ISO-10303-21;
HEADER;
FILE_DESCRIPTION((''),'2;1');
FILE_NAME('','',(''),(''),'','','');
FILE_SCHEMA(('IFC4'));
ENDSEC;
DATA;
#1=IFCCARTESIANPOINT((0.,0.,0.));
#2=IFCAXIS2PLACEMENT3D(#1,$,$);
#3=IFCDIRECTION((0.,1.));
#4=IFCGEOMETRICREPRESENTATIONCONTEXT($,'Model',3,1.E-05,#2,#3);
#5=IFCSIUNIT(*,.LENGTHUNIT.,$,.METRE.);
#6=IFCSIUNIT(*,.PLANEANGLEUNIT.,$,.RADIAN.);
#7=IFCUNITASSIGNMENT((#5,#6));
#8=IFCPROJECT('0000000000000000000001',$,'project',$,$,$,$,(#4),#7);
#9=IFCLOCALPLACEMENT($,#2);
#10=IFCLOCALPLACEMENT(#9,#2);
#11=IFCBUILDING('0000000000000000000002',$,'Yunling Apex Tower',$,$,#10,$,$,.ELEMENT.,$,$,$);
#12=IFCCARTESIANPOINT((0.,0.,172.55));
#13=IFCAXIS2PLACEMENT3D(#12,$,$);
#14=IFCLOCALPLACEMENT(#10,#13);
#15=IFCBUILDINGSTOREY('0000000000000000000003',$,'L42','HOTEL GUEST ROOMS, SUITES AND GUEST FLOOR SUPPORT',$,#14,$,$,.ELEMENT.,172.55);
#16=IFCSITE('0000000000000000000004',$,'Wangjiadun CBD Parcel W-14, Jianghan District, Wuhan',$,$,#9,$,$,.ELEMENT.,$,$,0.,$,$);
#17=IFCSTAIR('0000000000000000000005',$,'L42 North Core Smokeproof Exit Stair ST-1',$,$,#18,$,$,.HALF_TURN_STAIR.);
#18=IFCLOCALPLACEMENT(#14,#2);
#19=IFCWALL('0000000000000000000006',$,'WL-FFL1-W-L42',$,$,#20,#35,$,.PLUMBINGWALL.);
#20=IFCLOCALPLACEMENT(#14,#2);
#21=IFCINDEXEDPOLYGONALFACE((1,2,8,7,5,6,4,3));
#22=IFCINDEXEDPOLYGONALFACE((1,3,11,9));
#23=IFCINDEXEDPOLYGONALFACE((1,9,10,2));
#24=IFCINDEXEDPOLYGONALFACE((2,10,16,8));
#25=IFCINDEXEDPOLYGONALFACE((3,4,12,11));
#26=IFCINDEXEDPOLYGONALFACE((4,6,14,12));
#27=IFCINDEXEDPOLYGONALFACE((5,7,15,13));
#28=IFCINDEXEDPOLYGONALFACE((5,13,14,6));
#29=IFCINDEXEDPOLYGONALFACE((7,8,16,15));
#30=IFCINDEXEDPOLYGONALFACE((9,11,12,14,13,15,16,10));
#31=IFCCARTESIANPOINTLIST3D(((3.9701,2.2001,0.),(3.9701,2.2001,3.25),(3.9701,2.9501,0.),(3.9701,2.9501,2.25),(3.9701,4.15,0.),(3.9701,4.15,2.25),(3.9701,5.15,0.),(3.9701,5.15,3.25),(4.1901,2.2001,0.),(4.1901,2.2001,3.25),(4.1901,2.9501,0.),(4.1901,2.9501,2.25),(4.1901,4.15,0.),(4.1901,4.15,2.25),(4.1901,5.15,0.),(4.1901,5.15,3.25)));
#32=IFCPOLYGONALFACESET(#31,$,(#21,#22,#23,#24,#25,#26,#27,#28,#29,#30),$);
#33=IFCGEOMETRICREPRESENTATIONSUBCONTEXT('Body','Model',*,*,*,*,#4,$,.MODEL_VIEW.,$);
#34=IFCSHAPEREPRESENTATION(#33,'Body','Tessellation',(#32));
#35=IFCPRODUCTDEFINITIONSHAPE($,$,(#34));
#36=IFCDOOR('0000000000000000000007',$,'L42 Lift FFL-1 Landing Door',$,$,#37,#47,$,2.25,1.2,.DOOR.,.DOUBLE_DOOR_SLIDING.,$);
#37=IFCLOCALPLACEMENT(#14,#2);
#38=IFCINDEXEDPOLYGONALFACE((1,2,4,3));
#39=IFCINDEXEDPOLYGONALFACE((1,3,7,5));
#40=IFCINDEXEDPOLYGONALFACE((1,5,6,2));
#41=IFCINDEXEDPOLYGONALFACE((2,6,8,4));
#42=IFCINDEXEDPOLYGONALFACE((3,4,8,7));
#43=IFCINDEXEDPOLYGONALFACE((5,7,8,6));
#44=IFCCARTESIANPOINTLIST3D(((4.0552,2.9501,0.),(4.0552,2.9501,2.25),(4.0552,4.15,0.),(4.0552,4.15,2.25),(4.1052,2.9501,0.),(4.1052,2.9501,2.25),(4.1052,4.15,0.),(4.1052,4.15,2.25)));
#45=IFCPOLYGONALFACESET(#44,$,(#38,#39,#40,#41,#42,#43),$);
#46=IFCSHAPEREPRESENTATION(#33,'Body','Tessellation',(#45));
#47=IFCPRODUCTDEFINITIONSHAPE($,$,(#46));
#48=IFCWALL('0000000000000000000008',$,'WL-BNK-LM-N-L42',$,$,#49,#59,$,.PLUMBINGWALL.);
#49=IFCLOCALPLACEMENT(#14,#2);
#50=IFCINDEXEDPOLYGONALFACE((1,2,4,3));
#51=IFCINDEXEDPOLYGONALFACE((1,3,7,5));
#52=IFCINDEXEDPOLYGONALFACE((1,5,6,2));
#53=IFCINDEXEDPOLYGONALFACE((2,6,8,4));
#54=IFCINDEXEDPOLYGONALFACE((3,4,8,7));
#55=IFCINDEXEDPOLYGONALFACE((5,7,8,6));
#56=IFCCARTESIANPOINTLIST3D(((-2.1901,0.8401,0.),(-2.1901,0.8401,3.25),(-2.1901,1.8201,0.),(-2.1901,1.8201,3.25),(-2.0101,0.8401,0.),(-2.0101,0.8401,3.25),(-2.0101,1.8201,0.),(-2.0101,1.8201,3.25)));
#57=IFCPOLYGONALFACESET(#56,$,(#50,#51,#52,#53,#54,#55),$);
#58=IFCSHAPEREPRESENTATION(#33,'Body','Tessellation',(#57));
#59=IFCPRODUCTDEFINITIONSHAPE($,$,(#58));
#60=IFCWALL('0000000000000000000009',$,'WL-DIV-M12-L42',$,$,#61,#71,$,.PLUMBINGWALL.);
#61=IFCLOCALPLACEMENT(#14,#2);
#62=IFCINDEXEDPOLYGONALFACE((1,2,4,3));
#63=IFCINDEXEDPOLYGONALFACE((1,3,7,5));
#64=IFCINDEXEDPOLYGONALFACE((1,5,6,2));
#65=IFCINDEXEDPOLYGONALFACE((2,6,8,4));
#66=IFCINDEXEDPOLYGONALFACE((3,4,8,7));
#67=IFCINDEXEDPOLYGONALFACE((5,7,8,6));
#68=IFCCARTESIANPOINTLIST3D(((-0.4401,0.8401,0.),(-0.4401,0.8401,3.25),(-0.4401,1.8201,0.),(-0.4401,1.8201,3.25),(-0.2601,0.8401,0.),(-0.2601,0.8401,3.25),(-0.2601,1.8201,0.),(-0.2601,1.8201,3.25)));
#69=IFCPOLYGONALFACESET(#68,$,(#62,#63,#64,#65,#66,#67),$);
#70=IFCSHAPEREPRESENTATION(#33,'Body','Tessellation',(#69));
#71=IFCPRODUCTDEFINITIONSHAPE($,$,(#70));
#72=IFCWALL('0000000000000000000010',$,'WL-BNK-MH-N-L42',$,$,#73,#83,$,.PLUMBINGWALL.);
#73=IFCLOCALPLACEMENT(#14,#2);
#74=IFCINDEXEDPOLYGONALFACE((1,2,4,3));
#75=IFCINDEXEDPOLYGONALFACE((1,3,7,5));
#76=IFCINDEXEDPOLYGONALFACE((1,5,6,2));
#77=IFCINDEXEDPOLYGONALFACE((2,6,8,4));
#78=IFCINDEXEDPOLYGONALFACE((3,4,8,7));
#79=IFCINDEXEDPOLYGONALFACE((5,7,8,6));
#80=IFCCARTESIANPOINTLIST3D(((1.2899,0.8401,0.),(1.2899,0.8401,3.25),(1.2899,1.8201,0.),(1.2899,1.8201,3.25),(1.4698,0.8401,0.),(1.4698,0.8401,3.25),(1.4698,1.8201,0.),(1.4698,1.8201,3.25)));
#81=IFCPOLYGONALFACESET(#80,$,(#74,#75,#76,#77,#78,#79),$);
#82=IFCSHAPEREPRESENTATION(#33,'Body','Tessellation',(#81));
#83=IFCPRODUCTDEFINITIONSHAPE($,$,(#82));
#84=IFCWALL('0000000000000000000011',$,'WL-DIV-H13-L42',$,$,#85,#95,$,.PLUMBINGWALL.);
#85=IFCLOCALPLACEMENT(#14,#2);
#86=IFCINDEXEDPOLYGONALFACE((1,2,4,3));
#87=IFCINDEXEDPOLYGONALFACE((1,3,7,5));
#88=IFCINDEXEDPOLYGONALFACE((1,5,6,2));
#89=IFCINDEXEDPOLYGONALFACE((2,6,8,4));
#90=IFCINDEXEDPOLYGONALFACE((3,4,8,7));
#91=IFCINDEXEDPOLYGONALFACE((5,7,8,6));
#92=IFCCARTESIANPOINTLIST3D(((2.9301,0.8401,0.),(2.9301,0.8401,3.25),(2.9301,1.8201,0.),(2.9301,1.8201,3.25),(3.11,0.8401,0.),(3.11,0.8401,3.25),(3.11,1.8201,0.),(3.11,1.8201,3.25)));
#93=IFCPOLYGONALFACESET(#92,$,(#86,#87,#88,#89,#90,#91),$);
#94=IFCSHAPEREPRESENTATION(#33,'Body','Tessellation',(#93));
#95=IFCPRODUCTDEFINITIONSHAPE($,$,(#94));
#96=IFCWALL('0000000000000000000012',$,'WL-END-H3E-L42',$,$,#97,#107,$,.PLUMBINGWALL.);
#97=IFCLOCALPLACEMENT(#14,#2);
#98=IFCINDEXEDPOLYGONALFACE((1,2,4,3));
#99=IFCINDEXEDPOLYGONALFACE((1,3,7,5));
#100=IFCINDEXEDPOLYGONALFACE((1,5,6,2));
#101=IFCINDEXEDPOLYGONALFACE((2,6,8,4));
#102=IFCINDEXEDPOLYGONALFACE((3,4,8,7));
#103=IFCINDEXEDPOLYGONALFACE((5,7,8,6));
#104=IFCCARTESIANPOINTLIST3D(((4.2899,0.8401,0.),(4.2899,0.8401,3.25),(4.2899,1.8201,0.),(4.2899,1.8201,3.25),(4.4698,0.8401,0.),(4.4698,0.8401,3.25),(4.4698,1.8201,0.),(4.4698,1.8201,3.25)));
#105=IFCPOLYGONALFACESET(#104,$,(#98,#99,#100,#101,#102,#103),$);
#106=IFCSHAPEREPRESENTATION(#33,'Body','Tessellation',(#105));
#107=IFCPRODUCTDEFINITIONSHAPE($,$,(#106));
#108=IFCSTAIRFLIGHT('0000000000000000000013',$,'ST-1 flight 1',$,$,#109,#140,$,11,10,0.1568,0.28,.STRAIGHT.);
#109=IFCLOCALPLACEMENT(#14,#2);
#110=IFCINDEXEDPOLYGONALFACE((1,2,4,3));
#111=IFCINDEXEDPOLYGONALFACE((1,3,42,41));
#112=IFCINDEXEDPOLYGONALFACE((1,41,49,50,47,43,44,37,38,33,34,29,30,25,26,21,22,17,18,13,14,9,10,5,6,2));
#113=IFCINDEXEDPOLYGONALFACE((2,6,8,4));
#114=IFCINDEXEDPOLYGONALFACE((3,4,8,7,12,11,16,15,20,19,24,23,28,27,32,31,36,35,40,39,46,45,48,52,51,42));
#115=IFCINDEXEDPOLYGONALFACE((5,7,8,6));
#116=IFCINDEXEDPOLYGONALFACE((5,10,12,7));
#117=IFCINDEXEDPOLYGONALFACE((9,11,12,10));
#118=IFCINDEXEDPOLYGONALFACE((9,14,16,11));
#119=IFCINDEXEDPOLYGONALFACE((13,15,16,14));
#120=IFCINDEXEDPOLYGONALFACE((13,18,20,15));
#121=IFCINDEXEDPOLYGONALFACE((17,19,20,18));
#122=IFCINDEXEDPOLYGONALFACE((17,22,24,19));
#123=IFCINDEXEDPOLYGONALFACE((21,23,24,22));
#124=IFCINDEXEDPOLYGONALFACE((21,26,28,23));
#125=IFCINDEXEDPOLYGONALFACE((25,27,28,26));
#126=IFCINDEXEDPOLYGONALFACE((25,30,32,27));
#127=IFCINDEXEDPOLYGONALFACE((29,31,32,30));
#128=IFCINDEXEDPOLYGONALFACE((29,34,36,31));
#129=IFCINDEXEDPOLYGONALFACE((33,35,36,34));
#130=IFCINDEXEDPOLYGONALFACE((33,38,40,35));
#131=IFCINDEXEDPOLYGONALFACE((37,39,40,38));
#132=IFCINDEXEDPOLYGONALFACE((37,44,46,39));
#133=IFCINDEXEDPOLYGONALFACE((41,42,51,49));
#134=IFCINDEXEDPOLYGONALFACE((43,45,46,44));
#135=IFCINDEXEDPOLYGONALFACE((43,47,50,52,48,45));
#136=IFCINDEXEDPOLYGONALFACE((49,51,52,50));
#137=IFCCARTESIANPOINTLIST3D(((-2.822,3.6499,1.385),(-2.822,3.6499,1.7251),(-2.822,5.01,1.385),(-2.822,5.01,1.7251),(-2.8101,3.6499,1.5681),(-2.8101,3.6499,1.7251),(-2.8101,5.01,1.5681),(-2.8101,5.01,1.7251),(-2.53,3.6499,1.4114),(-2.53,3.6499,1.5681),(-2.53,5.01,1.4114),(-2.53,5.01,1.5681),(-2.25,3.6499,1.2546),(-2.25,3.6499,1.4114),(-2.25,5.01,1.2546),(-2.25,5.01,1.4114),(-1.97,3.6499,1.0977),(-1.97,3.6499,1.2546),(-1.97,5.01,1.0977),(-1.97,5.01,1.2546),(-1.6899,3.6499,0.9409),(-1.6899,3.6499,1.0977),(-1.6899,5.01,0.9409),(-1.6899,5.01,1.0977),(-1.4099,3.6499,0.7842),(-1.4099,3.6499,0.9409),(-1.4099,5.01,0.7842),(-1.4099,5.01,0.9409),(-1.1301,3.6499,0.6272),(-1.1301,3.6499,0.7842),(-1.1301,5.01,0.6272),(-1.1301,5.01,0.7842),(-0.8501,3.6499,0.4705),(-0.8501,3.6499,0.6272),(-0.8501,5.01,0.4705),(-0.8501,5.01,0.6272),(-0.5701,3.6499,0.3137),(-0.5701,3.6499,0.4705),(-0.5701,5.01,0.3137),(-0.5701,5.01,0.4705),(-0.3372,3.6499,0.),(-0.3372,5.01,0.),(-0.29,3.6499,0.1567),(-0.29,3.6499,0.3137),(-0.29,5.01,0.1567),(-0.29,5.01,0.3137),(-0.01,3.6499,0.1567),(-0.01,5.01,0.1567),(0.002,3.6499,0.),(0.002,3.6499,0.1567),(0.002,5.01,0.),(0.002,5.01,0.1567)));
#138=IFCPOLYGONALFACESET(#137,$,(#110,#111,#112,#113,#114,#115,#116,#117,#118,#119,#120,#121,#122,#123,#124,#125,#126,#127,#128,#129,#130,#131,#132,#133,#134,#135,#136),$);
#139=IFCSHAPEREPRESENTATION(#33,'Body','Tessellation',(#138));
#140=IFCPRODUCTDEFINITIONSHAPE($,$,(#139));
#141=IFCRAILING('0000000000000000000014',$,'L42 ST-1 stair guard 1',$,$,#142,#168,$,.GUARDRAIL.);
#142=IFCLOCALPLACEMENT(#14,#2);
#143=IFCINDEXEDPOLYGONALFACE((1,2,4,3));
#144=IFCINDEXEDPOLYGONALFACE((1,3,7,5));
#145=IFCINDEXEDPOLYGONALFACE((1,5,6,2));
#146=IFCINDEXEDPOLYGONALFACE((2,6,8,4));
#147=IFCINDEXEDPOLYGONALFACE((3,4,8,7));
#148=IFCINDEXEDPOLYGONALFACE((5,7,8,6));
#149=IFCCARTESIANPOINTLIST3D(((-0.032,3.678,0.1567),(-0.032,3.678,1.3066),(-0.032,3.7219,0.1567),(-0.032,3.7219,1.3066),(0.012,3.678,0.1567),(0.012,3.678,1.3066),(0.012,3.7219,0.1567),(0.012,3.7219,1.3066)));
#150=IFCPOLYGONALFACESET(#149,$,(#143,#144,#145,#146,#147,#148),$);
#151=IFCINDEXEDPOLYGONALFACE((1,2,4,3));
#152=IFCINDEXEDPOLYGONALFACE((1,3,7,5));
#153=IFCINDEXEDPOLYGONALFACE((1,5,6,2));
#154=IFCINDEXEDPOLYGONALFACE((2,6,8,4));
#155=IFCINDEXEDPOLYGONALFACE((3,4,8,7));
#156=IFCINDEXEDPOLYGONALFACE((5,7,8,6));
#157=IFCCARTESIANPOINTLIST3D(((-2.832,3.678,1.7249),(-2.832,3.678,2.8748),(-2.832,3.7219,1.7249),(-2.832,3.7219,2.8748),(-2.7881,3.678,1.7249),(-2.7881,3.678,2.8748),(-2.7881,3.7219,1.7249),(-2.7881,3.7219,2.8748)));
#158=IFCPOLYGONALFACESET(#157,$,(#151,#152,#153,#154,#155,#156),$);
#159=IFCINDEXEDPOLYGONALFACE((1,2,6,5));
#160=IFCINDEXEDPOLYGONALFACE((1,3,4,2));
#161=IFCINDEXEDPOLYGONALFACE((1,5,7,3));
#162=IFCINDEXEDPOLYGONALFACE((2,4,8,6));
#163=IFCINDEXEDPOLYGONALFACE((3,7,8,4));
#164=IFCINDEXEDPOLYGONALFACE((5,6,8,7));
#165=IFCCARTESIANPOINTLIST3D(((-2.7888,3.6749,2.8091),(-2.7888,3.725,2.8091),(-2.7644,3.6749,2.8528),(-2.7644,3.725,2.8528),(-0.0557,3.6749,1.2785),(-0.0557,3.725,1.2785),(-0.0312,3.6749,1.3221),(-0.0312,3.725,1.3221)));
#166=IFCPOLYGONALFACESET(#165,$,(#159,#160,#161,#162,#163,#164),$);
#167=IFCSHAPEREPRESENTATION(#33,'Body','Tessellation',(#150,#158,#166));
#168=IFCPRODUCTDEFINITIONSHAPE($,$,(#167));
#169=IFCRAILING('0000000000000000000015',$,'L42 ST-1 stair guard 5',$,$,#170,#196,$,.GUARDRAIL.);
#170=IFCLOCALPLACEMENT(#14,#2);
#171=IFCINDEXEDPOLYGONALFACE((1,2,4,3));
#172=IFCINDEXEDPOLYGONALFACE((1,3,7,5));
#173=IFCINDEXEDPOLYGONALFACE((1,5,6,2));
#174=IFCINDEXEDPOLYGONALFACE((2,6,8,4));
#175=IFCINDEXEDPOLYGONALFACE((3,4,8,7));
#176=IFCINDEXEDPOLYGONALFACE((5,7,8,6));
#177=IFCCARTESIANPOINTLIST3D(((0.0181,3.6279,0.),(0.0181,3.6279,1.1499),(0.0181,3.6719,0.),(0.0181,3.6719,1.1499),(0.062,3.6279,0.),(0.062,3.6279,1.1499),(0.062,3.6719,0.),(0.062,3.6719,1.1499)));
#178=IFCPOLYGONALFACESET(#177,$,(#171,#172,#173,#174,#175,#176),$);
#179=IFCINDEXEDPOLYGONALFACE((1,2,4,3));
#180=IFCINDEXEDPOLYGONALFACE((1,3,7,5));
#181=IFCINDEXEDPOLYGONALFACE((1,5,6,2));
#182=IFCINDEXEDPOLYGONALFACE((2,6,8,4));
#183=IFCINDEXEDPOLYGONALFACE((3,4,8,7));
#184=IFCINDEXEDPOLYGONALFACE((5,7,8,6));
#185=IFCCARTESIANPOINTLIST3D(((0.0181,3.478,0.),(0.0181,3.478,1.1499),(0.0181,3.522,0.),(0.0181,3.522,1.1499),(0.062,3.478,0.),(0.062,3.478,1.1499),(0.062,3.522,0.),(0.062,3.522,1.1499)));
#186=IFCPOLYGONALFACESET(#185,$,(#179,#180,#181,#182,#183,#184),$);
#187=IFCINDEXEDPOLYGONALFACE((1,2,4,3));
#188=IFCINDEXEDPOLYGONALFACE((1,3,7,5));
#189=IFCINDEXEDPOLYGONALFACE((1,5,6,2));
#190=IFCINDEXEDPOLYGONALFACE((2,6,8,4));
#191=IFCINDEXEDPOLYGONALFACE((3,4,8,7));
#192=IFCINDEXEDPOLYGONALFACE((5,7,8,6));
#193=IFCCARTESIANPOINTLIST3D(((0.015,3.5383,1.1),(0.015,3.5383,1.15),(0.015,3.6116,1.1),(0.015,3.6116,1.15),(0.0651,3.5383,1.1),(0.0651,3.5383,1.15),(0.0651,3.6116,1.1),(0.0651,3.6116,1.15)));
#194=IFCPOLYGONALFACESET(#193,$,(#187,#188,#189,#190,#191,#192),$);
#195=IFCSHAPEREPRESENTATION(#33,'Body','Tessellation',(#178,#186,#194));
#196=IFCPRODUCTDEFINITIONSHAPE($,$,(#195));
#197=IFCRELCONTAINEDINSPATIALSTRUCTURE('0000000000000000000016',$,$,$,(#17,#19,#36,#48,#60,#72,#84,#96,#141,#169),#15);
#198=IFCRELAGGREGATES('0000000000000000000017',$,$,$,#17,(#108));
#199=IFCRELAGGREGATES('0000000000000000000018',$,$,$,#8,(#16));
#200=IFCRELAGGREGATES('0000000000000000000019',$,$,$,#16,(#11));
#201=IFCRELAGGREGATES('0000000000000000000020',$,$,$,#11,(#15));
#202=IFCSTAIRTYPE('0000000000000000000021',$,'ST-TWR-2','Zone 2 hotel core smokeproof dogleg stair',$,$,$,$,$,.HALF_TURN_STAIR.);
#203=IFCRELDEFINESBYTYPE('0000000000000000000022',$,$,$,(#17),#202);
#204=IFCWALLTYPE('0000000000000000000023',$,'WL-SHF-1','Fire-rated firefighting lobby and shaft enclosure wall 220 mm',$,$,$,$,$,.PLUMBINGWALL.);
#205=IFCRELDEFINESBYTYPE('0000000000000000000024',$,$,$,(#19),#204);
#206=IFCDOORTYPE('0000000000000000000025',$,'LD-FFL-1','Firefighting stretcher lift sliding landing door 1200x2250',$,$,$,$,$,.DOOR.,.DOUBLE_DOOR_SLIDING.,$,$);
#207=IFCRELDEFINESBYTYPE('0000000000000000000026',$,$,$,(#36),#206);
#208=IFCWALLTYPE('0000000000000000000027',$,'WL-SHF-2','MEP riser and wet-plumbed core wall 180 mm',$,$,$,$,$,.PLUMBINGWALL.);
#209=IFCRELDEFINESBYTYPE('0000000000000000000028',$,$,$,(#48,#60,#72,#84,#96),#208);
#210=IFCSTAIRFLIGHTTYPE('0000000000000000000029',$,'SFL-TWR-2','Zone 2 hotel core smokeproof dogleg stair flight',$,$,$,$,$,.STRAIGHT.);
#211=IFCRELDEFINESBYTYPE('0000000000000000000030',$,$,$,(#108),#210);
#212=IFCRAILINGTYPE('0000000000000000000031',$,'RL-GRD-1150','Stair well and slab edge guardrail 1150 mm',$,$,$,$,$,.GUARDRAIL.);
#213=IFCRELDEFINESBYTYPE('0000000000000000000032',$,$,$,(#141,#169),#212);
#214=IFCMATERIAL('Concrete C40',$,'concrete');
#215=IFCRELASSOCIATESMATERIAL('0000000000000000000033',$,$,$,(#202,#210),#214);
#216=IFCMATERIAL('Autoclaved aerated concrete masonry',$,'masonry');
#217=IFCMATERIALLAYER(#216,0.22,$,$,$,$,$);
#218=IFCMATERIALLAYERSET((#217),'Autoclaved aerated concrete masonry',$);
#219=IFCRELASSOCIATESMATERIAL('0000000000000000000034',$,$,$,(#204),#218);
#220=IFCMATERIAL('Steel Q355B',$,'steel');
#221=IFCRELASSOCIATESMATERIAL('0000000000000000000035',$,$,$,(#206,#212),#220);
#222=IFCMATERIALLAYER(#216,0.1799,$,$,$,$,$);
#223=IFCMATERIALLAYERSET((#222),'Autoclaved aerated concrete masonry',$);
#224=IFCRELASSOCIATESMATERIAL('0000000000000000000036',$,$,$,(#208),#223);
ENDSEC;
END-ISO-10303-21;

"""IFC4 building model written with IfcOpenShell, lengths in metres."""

from ifc_helpers import new_model, si_unit, direction, frame, frame_2d, origin, origin_2d, place, context, subcontext, project, spatial, polyline, rectangle, outline, extrude, material, layer, layer_set, type_object, element, fill, aggregate, save


model = new_model("IFC4")

# Units and contexts
model_context = context("Model", 3, precision=1e-05, world=origin(), true_north=direction((0.0, 1.0)))
body_context = subcontext(model_context, "Body", "Model", "MODEL_VIEW")
ifc_project = project(units=[si_unit("LENGTHUNIT", "METRE"), si_unit("PLANEANGLEUNIT", "RADIAN")], contexts=[model_context])

# Site, building, storey
site_placement = place(None, origin())
site = spatial("IfcSite", under=ifc_project, at=site_placement, Name="Wangjiadun CBD Parcel W-14, Jianghan District, Wuhan", CompositionType="ELEMENT", RefElevation=0.0)
building_placement = place(site_placement, origin())
building = spatial("IfcBuilding", under=site, at=building_placement, Name="Yunling Apex Tower", CompositionType="ELEMENT")
storey_placement = place(building_placement, frame((0.0, 0.0, 172.55)))
storey = spatial("IfcBuildingStorey", under=building, at=storey_placement, Name="L42", Description="HOTEL GUEST ROOMS, SUITES AND GUEST FLOOR SUPPORT", CompositionType="ELEMENT", Elevation=172.55)

# Shared definitions
ifc_material_1 = material(Name="Steel Q355B", Category="steel")

# Shared definitions
ifc_material_2 = material(Name="Concrete C40", Category="concrete")

# Stair
stair_type = type_object("IfcStairType", Name="ST-TWR-2", Description="Zone 2 hotel core smokeproof dogleg stair", PredefinedType="HALF_TURN_STAIR", material=ifc_material_2)
stair_1_placement = place(storey_placement, origin())
stair_1 = element("IfcStair", 1, at=stair_1_placement, inside=storey, type_object=stair_type, Name="L42 North Core Smokeproof Exit Stair ST-1", PredefinedType="HALF_TURN_STAIR")

# Wall, opening, door
ifc_material_3 = material(Name="Autoclaved aerated concrete masonry", Category="masonry")
ifc_layer_1 = layer(ifc_material_3, 0.22)
ifc_layer_set_1 = layer_set([ifc_layer_1], Name="Autoclaved aerated concrete masonry")
wall_type_1 = type_object("IfcWallType", Name="WL-SHF-1", Description="Fire-rated firefighting lobby and shaft enclosure wall 220 mm", PredefinedType="PLUMBINGWALL", material=ifc_layer_set_1)
wall_1_placement = place(storey_placement, frame((4.0801, 2.2, 0.0), z_axis=(0.0, 0.0, 1.0), x_axis=(0.0, 1.0, 0.0)))
wall_1 = element("IfcWall", 2, at=wall_1_placement, inside=storey, type_object=wall_type_1, Name="WL-FFL1-W-L42", PredefinedType="PLUMBINGWALL", context=body_context, shape_type="SweptSolid", body=[
    extrude(rectangle(XDim=2.95, YDim=0.22, at=frame_2d((1.4751, 0.0))), origin(), (0.0, 0.0, 1.0), 3.25),
])
opening_1_placement = place(wall_1_placement, frame((0.75, 0.0, 0.0)))
opening_1 = element("IfcOpeningElement", 3, at=opening_1_placement, cuts=wall_1, PredefinedType="OPENING", context=body_context, shape_type="SweptSolid", body=[
    extrude(rectangle(XDim=1.2, YDim=2.25, at=frame_2d((0.6001, 1.125))), frame((0.0, 0.1201, 0.0), z_axis=(0.0, -1.0, 0.0), x_axis=(1.0, 0.0, 0.0)), (0.0, 0.0, 1.0), 0.24),
])
door_type_1 = type_object("IfcDoorType", Name="LD-FFL-1", Description="Firefighting stretcher lift sliding landing door 1200x2250", OperationType="DOUBLE_DOOR_SLIDING", PredefinedType="DOOR", material=ifc_material_1)
door_1_placement = place(opening_1_placement, origin())
door_1 = element("IfcDoor", 4, at=door_1_placement, inside=storey, type_object=door_type_1, Name="L42 Lift FFL-1 Landing Door", OperationType="DOUBLE_DOOR_SLIDING", OverallHeight=2.25, OverallWidth=1.2, PredefinedType="DOOR", context=body_context, shape_type="SweptSolid", body=[
    extrude(rectangle(XDim=1.2, YDim=2.25, at=frame_2d((0.6001, 1.125))), frame((0.0, 0.0249, 0.0), z_axis=(0.0, -1.0, 0.0), x_axis=(1.0, 0.0, 0.0)), (0.0, 0.0, 1.0), 0.05),
])
fill(opening_1, door_1)

# Walls
ifc_layer_2 = layer(ifc_material_3, 0.1799)
ifc_layer_set_2 = layer_set([ifc_layer_2], Name="Autoclaved aerated concrete masonry")
wall_type_2 = type_object("IfcWallType", Name="WL-SHF-2", Description="MEP riser and wet-plumbed core wall 180 mm", PredefinedType="PLUMBINGWALL", material=ifc_layer_set_2)
for number, where, z_axis, x_axis, name in (
    (5, (-2.1001, 0.8401, 0.0), (0.0, 0.0, 1.0), (0.0, 1.0, 0.0), "WL-BNK-LM-N-L42"),
    (6, (-0.3501, 0.8401, 0.0), (0.0, 0.0, 1.0), (0.0, 1.0, 0.0), "WL-DIV-M12-L42"),
    (7, (1.3799, 0.8401, 0.0), (0.0, 0.0, 1.0), (0.0, 1.0, 0.0), "WL-BNK-MH-N-L42"),
    (8, (3.02, 0.8401, 0.0), (0.0, 0.0, 1.0), (0.0, 1.0, 0.0), "WL-DIV-H13-L42"),
    (9, (4.3799, 0.8401, 0.0), (0.0, 0.0, 1.0), (0.0, 1.0, 0.0), "WL-END-H3E-L42"),
):
    element("IfcWall", number, at=place(storey_placement, frame(where, z_axis=z_axis, x_axis=x_axis)), inside=storey, type_object=wall_type_2, Name=name, PredefinedType="PLUMBINGWALL", context=body_context, shape_type="SweptSolid", body=[
        extrude(rectangle(XDim=0.98, YDim=0.1799, at=frame_2d((0.49, 0.0))), origin(), (0.0, 0.0, 1.0), 3.25),
    ])

# Stair flight
stair_flight_type = type_object("IfcStairFlightType", Name="SFL-TWR-2", Description="Zone 2 hotel core smokeproof dogleg stair flight", PredefinedType="STRAIGHT", material=ifc_material_2)
stair_flight_placement = place(storey_placement, frame((-0.01, 4.3301, 0.0), z_axis=(0.0, 0.0, 1.0), x_axis=(-1.0, 0.0, 0.0)))
stair_flight = element("IfcStairFlight", 10, at=stair_flight_placement, type_object=stair_flight_type, Name="ST-1 flight 1", NumberOfRisers=11, NumberOfTreads=10, PredefinedType="STRAIGHT", RiserHeight=0.1568, TreadLength=0.28, context=body_context, shape_type="SweptSolid", body=[
    extrude(outline(polyline([(-0.012, 0.0), (-0.012, 0.1567), (0.0, 0.1567), (0.28, 0.1567), (0.28, 0.3137), (0.5601, 0.3137), (0.5601, 0.4705), (0.8401, 0.4705), (0.8401, 0.6272), (1.1201, 0.6272), (1.1201, 0.7842), (1.3999, 0.7842), (1.3999, 0.9409), (1.6799, 0.9409), (1.6799, 1.0977), (1.96, 1.0977), (1.96, 1.2546), (2.24, 1.2546), (2.24, 1.4114), (2.52, 1.4114), (2.52, 1.5681), (2.8, 1.5681), (2.8, 1.7251), (2.812, 1.7251), (2.812, 1.385), (0.3271, 0.0), (-0.012, 0.0)])), frame((0.0, 0.6802, 0.0), z_axis=(0.0, -1.0, 0.0), x_axis=(1.0, 0.0, 0.0)), (0.0, 0.0, 1.0), 1.3601),
])
aggregate(stair_1, [stair_flight])

# Railings
railing_type_1 = type_object("IfcRailingType", Name="RL-GRD-1150", Description="Stair well and slab edge guardrail 1150 mm", PredefinedType="GUARDRAIL", material=ifc_material_1)
railing_1_placement = place(storey_placement, frame((-0.01, 3.7, 0.1567)))
element("IfcRailing", 11, at=railing_1_placement, inside=storey, type_object=railing_type_1, Name="L42 ST-1 stair guard 1", PredefinedType="GUARDRAIL", context=body_context, shape_type="SweptSolid", body=[
    extrude(rectangle(XDim=0.0439, YDim=0.0439, at=origin_2d()), origin(), (0.0, 0.0, 1.0), 1.1499),
    extrude(rectangle(XDim=0.0439, YDim=0.0439, at=origin_2d()), frame((-2.8, 0.0, 1.5681)), (0.0, 0.0, 1.0), 1.1499),
    extrude(rectangle(XDim=0.05, YDim=0.05, at=origin_2d()), frame((-0.0334, 0.0, 1.1436), z_axis=(-0.872494, 0.0, 0.488624), x_axis=(0.0, -1.0, 0.0)), (0.0, 0.0, 1.0), 3.1326),
])
railing_2_placement = place(storey_placement, frame((0.04, 3.6499, 0.0)))
element("IfcRailing", 12, at=railing_2_placement, inside=storey, type_object=railing_type_1, Name="L42 ST-1 stair guard 5", PredefinedType="GUARDRAIL", context=body_context, shape_type="SweptSolid", body=[
    extrude(rectangle(XDim=0.0439, YDim=0.0439, at=origin_2d()), origin(), (0.0, 0.0, 1.0), 1.1499),
    extrude(rectangle(XDim=0.0439, YDim=0.0439, at=origin_2d()), frame((0.0, -0.1499, 0.0)), (0.0, 0.0, 1.0), 1.1499),
    extrude(rectangle(XDim=0.05, YDim=0.05, at=origin_2d()), frame((0.0, -0.0383, 1.125), z_axis=(0.0, -1.0, 0.0), x_axis=(1.0, 0.0, 0.0)), (0.0, 0.0, 1.0), 0.0732),
])

save(model, "model.ifc")
